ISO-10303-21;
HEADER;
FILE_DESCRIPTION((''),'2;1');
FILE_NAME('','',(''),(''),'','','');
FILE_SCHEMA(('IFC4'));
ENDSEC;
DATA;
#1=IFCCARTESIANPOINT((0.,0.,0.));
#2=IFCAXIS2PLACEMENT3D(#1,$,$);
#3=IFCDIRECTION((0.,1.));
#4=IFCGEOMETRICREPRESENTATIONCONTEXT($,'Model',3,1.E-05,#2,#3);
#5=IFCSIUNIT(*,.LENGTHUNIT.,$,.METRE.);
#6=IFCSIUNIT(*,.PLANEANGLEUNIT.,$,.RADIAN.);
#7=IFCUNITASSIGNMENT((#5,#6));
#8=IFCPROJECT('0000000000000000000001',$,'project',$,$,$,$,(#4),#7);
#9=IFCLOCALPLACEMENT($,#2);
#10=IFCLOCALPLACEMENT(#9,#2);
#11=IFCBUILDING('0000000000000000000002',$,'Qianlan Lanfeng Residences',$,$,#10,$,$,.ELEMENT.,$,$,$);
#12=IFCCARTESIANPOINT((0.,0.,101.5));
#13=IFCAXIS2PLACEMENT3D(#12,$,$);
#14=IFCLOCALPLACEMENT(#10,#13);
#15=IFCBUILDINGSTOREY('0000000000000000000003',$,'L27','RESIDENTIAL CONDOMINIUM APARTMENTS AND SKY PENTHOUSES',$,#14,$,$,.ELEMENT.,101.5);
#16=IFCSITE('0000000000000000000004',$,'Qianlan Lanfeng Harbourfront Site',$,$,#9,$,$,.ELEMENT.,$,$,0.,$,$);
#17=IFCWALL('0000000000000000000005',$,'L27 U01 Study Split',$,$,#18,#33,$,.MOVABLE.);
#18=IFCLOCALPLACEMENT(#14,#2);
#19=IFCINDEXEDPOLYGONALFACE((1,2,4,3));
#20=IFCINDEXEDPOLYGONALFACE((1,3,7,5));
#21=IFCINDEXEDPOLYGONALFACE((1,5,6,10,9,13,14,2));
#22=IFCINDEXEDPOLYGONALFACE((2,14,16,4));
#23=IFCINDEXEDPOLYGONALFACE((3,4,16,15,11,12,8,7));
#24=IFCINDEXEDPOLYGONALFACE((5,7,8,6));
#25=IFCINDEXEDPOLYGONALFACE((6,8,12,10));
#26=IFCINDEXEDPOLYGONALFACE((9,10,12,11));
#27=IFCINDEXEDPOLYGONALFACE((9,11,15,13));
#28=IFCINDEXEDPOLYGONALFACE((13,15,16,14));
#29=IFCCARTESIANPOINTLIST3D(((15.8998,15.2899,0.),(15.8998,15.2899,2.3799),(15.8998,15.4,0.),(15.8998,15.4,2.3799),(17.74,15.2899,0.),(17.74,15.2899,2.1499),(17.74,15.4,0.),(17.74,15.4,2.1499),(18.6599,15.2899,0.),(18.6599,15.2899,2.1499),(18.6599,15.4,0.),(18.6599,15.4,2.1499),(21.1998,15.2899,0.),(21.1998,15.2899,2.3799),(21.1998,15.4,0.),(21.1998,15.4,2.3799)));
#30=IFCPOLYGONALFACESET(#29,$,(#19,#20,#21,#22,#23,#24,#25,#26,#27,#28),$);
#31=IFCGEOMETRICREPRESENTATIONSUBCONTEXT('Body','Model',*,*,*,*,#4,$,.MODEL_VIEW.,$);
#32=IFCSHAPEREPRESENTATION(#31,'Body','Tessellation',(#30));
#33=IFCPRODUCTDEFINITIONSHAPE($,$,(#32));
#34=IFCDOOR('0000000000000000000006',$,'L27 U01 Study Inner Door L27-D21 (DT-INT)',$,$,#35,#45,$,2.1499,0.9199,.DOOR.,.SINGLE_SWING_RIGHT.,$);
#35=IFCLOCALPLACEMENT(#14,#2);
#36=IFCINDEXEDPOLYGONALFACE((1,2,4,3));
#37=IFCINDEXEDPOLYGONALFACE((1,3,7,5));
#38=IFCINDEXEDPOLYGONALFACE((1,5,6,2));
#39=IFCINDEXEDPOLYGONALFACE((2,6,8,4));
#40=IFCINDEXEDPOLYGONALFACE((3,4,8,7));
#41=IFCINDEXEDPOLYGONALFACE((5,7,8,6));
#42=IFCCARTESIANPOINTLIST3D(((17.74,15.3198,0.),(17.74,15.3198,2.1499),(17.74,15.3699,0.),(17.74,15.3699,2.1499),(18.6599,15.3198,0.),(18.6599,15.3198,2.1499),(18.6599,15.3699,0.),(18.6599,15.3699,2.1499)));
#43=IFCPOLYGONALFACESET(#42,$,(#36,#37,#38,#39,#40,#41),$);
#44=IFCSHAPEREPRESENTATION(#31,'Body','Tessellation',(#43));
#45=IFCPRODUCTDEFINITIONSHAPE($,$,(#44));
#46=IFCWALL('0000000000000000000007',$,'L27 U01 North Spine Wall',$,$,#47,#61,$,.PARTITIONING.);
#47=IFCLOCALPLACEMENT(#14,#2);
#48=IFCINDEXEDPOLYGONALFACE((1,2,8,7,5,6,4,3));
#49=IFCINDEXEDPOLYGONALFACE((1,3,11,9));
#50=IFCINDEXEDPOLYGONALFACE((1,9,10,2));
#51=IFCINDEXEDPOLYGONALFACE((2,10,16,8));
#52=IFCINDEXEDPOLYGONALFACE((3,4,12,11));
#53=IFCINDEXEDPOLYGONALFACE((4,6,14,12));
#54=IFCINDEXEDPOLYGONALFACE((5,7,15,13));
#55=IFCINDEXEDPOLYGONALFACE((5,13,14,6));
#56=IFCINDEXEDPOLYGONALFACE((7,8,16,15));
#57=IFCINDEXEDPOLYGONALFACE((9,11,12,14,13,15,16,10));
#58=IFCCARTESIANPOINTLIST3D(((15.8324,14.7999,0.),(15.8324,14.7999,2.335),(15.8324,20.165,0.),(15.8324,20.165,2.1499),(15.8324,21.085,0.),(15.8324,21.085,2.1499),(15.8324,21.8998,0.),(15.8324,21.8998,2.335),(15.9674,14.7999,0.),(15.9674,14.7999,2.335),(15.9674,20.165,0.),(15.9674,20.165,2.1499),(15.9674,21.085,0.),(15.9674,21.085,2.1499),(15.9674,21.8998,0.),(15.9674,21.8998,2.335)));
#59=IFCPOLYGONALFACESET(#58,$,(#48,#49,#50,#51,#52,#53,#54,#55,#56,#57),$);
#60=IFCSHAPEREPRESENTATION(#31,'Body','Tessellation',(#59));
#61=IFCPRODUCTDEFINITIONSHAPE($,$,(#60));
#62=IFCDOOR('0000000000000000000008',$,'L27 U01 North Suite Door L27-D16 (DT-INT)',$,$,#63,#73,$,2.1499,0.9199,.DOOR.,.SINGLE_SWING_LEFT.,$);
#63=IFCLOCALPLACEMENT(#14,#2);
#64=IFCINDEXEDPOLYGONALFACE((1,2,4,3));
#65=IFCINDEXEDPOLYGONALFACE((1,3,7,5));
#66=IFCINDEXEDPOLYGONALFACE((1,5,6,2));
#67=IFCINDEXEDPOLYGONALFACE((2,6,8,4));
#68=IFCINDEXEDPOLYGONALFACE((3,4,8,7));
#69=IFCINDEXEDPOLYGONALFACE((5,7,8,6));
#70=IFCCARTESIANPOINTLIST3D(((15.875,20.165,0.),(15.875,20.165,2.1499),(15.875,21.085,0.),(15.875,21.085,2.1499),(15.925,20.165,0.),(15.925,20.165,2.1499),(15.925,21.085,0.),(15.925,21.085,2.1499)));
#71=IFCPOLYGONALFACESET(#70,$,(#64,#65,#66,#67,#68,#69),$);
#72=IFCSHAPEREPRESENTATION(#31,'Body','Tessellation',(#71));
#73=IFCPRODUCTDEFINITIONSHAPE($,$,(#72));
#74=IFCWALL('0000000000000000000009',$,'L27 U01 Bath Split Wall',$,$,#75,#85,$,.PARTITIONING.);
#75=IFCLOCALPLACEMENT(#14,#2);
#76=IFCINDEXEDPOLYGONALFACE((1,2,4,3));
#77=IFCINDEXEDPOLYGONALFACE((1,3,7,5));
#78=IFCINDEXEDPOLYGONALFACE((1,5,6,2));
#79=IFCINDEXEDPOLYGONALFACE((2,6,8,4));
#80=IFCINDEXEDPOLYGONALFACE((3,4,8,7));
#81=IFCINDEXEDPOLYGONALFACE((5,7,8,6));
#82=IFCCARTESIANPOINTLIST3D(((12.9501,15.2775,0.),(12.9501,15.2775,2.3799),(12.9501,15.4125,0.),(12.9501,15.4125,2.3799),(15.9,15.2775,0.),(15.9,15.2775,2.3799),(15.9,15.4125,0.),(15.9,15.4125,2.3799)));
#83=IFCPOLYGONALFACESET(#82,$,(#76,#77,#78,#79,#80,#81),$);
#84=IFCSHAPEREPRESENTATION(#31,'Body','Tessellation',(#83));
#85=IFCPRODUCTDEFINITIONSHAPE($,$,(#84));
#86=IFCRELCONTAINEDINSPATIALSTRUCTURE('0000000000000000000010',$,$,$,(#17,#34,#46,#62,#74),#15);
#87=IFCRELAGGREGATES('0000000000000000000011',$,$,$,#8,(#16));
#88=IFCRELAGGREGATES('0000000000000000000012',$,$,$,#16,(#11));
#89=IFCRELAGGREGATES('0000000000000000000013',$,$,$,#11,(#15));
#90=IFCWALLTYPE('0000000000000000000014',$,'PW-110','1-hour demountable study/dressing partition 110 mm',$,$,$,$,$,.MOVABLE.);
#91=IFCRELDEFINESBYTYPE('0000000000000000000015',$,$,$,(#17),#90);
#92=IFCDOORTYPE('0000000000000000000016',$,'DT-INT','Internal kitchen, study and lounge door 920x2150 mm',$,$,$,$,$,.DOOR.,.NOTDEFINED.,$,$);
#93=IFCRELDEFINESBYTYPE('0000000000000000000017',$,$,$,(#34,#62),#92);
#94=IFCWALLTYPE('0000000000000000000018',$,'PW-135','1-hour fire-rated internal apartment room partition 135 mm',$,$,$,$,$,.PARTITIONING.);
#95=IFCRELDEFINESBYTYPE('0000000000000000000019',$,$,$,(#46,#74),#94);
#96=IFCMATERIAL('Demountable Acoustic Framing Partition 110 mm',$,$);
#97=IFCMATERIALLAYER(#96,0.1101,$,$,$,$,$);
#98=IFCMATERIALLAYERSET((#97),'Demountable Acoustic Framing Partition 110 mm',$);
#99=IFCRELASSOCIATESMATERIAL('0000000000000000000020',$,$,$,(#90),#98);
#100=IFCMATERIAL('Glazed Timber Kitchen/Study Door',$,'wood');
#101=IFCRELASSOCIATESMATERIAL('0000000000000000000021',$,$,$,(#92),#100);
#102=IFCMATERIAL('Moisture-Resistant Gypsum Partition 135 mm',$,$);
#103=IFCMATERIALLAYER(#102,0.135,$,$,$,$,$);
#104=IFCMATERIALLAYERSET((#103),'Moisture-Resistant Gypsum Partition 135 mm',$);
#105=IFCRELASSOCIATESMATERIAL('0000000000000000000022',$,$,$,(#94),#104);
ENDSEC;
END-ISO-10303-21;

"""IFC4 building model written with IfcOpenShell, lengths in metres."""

from ifc_helpers import new_model, si_unit, direction, frame, frame_2d, origin, place, context, subcontext, project, spatial, rectangle, extrude, material, layer, layer_set, type_object, element, fill, save


model = new_model("IFC4")

# Units and contexts
model_context = context("Model", 3, precision=1e-05, world=origin(), true_north=direction((0.0, 1.0)))
body_context = subcontext(model_context, "Body", "Model", "MODEL_VIEW")
ifc_project = project(units=[si_unit("LENGTHUNIT", "METRE"), si_unit("PLANEANGLEUNIT", "RADIAN")], contexts=[model_context])

# Site, building, storey
site_placement = place(None, origin())
site = spatial("IfcSite", under=ifc_project, at=site_placement, Name="Qianlan Lanfeng Harbourfront Site", CompositionType="ELEMENT", RefElevation=0.0)
building_placement = place(site_placement, origin())
building = spatial("IfcBuilding", under=site, at=building_placement, Name="Qianlan Lanfeng Residences", CompositionType="ELEMENT")
storey_placement = place(building_placement, frame((0.0, 0.0, 101.5)))
storey = spatial("IfcBuildingStorey", under=building, at=storey_placement, Name="L27", Description="RESIDENTIAL CONDOMINIUM APARTMENTS AND SKY PENTHOUSES", CompositionType="ELEMENT", Elevation=101.5)

# Walls, openings, doors
ifc_material_1 = material(Name="Demountable Acoustic Framing Partition 110 mm")
ifc_layer_1 = layer(ifc_material_1, 0.1101)
ifc_layer_set_1 = layer_set([ifc_layer_1], Name="Demountable Acoustic Framing Partition 110 mm")
wall_type_1 = type_object("IfcWallType", Name="PW-110", Description="1-hour demountable study/dressing partition 110 mm", PredefinedType="MOVABLE", material=ifc_layer_set_1)
wall_1_placement = place(storey_placement, frame((15.8999, 15.345, 0.0), z_axis=(0.0, 0.0, 1.0), x_axis=(1.0, 0.0, 0.0)))
wall_1 = element("IfcWall", 1, at=wall_1_placement, inside=storey, type_object=wall_type_1, Name="L27 U01 Study Split", PredefinedType="MOVABLE", context=body_context, shape_type="SweptSolid", body=[
    extrude(rectangle(XDim=5.3, YDim=0.1101, at=frame_2d((2.6499, 0.0))), origin(), (0.0, 0.0, 1.0), 2.3799),
])
opening_1_placement = place(wall_1_placement, frame((1.8401, 0.0, 0.0)))
opening_1 = element("IfcOpeningElement", 2, at=opening_1_placement, cuts=wall_1, PredefinedType="OPENING", context=body_context, shape_type="SweptSolid", body=[
    extrude(rectangle(XDim=0.9199, YDim=2.1499, at=frame_2d((0.46, 1.075))), frame((0.0, 0.0649, 0.0), z_axis=(0.0, -1.0, 0.0), x_axis=(1.0, 0.0, 0.0)), (0.0, 0.0, 1.0), 0.1301),
])
ifc_material_2 = material(Name="Glazed Timber Kitchen/Study Door", Category="wood")
door_type = type_object("IfcDoorType", Name="DT-INT", Description="Internal kitchen, study and lounge door 920x2150 mm", OperationType="NOTDEFINED", PredefinedType="DOOR", material=ifc_material_2)
door_1_placement = place(opening_1_placement, origin())
door_1 = element("IfcDoor", 3, at=door_1_placement, inside=storey, type_object=door_type, Name="L27 U01 Study Inner Door L27-D21 (DT-INT)", OperationType="SINGLE_SWING_RIGHT", OverallHeight=2.1499, OverallWidth=0.9199, PredefinedType="DOOR", context=body_context, shape_type="SweptSolid", body=[
    extrude(rectangle(XDim=0.9199, YDim=2.1499, at=frame_2d((0.46, 1.075))), frame((0.0, 0.0249, 0.0), z_axis=(0.0, -1.0, 0.0), x_axis=(1.0, 0.0, 0.0)), (0.0, 0.0, 1.0), 0.05),
])
fill(opening_1, door_1)
ifc_material_3 = material(Name="Moisture-Resistant Gypsum Partition 135 mm")
ifc_layer_2 = layer(ifc_material_3, 0.135)
ifc_layer_set_2 = layer_set([ifc_layer_2], Name="Moisture-Resistant Gypsum Partition 135 mm")
wall_type_2 = type_object("IfcWallType", Name="PW-135", Description="1-hour fire-rated internal apartment room partition 135 mm", PredefinedType="PARTITIONING", material=ifc_layer_set_2)
wall_2_placement = place(storey_placement, frame((15.8999, 14.8, 0.0), z_axis=(0.0, 0.0, 1.0), x_axis=(0.0, 1.0, 0.0)))
wall_2 = element("IfcWall", 4, at=wall_2_placement, inside=storey, type_object=wall_type_2, Name="L27 U01 North Spine Wall", PredefinedType="PARTITIONING", context=body_context, shape_type="SweptSolid", body=[
    extrude(rectangle(XDim=7.0999, YDim=0.135, at=frame_2d((3.5498, 0.0))), origin(), (0.0, 0.0, 1.0), 2.335),
])
opening_2_placement = place(wall_2_placement, frame((5.365, 0.0, 0.0)))
opening_2 = element("IfcOpeningElement", 5, at=opening_2_placement, cuts=wall_2, PredefinedType="OPENING", context=body_context, shape_type="SweptSolid", body=[
    extrude(rectangle(XDim=0.9199, YDim=2.1499, at=frame_2d((0.46, 1.075))), frame((0.0, 0.0776, 0.0), z_axis=(0.0, -1.0, 0.0), x_axis=(1.0, 0.0, 0.0)), (0.0, 0.0, 1.0), 0.155),
])
door_2_placement = place(opening_2_placement, origin())
door_2 = element("IfcDoor", 6, at=door_2_placement, inside=storey, type_object=door_type, Name="L27 U01 North Suite Door L27-D16 (DT-INT)", OperationType="SINGLE_SWING_LEFT", OverallHeight=2.1499, OverallWidth=0.9199, PredefinedType="DOOR", context=body_context, shape_type="SweptSolid", body=[
    extrude(rectangle(XDim=0.9199, YDim=2.1499, at=frame_2d((0.46, 1.075))), frame((0.0, 0.0249, 0.0), z_axis=(0.0, -1.0, 0.0), x_axis=(1.0, 0.0, 0.0)), (0.0, 0.0, 1.0), 0.05),
])
fill(opening_2, door_2)

# Wall
wall_3_placement = place(storey_placement, frame((12.95, 15.345, 0.0), z_axis=(0.0, 0.0, 1.0), x_axis=(1.0, 0.0, 0.0)))
element("IfcWall", 7, at=wall_3_placement, inside=storey, type_object=wall_type_2, Name="L27 U01 Bath Split Wall", PredefinedType="PARTITIONING", context=body_context, shape_type="SweptSolid", body=[
    extrude(rectangle(XDim=2.95, YDim=0.135, at=frame_2d((1.4751, 0.0))), origin(), (0.0, 0.0, 1.0), 2.3799),
])

save(model, "model.ifc")
